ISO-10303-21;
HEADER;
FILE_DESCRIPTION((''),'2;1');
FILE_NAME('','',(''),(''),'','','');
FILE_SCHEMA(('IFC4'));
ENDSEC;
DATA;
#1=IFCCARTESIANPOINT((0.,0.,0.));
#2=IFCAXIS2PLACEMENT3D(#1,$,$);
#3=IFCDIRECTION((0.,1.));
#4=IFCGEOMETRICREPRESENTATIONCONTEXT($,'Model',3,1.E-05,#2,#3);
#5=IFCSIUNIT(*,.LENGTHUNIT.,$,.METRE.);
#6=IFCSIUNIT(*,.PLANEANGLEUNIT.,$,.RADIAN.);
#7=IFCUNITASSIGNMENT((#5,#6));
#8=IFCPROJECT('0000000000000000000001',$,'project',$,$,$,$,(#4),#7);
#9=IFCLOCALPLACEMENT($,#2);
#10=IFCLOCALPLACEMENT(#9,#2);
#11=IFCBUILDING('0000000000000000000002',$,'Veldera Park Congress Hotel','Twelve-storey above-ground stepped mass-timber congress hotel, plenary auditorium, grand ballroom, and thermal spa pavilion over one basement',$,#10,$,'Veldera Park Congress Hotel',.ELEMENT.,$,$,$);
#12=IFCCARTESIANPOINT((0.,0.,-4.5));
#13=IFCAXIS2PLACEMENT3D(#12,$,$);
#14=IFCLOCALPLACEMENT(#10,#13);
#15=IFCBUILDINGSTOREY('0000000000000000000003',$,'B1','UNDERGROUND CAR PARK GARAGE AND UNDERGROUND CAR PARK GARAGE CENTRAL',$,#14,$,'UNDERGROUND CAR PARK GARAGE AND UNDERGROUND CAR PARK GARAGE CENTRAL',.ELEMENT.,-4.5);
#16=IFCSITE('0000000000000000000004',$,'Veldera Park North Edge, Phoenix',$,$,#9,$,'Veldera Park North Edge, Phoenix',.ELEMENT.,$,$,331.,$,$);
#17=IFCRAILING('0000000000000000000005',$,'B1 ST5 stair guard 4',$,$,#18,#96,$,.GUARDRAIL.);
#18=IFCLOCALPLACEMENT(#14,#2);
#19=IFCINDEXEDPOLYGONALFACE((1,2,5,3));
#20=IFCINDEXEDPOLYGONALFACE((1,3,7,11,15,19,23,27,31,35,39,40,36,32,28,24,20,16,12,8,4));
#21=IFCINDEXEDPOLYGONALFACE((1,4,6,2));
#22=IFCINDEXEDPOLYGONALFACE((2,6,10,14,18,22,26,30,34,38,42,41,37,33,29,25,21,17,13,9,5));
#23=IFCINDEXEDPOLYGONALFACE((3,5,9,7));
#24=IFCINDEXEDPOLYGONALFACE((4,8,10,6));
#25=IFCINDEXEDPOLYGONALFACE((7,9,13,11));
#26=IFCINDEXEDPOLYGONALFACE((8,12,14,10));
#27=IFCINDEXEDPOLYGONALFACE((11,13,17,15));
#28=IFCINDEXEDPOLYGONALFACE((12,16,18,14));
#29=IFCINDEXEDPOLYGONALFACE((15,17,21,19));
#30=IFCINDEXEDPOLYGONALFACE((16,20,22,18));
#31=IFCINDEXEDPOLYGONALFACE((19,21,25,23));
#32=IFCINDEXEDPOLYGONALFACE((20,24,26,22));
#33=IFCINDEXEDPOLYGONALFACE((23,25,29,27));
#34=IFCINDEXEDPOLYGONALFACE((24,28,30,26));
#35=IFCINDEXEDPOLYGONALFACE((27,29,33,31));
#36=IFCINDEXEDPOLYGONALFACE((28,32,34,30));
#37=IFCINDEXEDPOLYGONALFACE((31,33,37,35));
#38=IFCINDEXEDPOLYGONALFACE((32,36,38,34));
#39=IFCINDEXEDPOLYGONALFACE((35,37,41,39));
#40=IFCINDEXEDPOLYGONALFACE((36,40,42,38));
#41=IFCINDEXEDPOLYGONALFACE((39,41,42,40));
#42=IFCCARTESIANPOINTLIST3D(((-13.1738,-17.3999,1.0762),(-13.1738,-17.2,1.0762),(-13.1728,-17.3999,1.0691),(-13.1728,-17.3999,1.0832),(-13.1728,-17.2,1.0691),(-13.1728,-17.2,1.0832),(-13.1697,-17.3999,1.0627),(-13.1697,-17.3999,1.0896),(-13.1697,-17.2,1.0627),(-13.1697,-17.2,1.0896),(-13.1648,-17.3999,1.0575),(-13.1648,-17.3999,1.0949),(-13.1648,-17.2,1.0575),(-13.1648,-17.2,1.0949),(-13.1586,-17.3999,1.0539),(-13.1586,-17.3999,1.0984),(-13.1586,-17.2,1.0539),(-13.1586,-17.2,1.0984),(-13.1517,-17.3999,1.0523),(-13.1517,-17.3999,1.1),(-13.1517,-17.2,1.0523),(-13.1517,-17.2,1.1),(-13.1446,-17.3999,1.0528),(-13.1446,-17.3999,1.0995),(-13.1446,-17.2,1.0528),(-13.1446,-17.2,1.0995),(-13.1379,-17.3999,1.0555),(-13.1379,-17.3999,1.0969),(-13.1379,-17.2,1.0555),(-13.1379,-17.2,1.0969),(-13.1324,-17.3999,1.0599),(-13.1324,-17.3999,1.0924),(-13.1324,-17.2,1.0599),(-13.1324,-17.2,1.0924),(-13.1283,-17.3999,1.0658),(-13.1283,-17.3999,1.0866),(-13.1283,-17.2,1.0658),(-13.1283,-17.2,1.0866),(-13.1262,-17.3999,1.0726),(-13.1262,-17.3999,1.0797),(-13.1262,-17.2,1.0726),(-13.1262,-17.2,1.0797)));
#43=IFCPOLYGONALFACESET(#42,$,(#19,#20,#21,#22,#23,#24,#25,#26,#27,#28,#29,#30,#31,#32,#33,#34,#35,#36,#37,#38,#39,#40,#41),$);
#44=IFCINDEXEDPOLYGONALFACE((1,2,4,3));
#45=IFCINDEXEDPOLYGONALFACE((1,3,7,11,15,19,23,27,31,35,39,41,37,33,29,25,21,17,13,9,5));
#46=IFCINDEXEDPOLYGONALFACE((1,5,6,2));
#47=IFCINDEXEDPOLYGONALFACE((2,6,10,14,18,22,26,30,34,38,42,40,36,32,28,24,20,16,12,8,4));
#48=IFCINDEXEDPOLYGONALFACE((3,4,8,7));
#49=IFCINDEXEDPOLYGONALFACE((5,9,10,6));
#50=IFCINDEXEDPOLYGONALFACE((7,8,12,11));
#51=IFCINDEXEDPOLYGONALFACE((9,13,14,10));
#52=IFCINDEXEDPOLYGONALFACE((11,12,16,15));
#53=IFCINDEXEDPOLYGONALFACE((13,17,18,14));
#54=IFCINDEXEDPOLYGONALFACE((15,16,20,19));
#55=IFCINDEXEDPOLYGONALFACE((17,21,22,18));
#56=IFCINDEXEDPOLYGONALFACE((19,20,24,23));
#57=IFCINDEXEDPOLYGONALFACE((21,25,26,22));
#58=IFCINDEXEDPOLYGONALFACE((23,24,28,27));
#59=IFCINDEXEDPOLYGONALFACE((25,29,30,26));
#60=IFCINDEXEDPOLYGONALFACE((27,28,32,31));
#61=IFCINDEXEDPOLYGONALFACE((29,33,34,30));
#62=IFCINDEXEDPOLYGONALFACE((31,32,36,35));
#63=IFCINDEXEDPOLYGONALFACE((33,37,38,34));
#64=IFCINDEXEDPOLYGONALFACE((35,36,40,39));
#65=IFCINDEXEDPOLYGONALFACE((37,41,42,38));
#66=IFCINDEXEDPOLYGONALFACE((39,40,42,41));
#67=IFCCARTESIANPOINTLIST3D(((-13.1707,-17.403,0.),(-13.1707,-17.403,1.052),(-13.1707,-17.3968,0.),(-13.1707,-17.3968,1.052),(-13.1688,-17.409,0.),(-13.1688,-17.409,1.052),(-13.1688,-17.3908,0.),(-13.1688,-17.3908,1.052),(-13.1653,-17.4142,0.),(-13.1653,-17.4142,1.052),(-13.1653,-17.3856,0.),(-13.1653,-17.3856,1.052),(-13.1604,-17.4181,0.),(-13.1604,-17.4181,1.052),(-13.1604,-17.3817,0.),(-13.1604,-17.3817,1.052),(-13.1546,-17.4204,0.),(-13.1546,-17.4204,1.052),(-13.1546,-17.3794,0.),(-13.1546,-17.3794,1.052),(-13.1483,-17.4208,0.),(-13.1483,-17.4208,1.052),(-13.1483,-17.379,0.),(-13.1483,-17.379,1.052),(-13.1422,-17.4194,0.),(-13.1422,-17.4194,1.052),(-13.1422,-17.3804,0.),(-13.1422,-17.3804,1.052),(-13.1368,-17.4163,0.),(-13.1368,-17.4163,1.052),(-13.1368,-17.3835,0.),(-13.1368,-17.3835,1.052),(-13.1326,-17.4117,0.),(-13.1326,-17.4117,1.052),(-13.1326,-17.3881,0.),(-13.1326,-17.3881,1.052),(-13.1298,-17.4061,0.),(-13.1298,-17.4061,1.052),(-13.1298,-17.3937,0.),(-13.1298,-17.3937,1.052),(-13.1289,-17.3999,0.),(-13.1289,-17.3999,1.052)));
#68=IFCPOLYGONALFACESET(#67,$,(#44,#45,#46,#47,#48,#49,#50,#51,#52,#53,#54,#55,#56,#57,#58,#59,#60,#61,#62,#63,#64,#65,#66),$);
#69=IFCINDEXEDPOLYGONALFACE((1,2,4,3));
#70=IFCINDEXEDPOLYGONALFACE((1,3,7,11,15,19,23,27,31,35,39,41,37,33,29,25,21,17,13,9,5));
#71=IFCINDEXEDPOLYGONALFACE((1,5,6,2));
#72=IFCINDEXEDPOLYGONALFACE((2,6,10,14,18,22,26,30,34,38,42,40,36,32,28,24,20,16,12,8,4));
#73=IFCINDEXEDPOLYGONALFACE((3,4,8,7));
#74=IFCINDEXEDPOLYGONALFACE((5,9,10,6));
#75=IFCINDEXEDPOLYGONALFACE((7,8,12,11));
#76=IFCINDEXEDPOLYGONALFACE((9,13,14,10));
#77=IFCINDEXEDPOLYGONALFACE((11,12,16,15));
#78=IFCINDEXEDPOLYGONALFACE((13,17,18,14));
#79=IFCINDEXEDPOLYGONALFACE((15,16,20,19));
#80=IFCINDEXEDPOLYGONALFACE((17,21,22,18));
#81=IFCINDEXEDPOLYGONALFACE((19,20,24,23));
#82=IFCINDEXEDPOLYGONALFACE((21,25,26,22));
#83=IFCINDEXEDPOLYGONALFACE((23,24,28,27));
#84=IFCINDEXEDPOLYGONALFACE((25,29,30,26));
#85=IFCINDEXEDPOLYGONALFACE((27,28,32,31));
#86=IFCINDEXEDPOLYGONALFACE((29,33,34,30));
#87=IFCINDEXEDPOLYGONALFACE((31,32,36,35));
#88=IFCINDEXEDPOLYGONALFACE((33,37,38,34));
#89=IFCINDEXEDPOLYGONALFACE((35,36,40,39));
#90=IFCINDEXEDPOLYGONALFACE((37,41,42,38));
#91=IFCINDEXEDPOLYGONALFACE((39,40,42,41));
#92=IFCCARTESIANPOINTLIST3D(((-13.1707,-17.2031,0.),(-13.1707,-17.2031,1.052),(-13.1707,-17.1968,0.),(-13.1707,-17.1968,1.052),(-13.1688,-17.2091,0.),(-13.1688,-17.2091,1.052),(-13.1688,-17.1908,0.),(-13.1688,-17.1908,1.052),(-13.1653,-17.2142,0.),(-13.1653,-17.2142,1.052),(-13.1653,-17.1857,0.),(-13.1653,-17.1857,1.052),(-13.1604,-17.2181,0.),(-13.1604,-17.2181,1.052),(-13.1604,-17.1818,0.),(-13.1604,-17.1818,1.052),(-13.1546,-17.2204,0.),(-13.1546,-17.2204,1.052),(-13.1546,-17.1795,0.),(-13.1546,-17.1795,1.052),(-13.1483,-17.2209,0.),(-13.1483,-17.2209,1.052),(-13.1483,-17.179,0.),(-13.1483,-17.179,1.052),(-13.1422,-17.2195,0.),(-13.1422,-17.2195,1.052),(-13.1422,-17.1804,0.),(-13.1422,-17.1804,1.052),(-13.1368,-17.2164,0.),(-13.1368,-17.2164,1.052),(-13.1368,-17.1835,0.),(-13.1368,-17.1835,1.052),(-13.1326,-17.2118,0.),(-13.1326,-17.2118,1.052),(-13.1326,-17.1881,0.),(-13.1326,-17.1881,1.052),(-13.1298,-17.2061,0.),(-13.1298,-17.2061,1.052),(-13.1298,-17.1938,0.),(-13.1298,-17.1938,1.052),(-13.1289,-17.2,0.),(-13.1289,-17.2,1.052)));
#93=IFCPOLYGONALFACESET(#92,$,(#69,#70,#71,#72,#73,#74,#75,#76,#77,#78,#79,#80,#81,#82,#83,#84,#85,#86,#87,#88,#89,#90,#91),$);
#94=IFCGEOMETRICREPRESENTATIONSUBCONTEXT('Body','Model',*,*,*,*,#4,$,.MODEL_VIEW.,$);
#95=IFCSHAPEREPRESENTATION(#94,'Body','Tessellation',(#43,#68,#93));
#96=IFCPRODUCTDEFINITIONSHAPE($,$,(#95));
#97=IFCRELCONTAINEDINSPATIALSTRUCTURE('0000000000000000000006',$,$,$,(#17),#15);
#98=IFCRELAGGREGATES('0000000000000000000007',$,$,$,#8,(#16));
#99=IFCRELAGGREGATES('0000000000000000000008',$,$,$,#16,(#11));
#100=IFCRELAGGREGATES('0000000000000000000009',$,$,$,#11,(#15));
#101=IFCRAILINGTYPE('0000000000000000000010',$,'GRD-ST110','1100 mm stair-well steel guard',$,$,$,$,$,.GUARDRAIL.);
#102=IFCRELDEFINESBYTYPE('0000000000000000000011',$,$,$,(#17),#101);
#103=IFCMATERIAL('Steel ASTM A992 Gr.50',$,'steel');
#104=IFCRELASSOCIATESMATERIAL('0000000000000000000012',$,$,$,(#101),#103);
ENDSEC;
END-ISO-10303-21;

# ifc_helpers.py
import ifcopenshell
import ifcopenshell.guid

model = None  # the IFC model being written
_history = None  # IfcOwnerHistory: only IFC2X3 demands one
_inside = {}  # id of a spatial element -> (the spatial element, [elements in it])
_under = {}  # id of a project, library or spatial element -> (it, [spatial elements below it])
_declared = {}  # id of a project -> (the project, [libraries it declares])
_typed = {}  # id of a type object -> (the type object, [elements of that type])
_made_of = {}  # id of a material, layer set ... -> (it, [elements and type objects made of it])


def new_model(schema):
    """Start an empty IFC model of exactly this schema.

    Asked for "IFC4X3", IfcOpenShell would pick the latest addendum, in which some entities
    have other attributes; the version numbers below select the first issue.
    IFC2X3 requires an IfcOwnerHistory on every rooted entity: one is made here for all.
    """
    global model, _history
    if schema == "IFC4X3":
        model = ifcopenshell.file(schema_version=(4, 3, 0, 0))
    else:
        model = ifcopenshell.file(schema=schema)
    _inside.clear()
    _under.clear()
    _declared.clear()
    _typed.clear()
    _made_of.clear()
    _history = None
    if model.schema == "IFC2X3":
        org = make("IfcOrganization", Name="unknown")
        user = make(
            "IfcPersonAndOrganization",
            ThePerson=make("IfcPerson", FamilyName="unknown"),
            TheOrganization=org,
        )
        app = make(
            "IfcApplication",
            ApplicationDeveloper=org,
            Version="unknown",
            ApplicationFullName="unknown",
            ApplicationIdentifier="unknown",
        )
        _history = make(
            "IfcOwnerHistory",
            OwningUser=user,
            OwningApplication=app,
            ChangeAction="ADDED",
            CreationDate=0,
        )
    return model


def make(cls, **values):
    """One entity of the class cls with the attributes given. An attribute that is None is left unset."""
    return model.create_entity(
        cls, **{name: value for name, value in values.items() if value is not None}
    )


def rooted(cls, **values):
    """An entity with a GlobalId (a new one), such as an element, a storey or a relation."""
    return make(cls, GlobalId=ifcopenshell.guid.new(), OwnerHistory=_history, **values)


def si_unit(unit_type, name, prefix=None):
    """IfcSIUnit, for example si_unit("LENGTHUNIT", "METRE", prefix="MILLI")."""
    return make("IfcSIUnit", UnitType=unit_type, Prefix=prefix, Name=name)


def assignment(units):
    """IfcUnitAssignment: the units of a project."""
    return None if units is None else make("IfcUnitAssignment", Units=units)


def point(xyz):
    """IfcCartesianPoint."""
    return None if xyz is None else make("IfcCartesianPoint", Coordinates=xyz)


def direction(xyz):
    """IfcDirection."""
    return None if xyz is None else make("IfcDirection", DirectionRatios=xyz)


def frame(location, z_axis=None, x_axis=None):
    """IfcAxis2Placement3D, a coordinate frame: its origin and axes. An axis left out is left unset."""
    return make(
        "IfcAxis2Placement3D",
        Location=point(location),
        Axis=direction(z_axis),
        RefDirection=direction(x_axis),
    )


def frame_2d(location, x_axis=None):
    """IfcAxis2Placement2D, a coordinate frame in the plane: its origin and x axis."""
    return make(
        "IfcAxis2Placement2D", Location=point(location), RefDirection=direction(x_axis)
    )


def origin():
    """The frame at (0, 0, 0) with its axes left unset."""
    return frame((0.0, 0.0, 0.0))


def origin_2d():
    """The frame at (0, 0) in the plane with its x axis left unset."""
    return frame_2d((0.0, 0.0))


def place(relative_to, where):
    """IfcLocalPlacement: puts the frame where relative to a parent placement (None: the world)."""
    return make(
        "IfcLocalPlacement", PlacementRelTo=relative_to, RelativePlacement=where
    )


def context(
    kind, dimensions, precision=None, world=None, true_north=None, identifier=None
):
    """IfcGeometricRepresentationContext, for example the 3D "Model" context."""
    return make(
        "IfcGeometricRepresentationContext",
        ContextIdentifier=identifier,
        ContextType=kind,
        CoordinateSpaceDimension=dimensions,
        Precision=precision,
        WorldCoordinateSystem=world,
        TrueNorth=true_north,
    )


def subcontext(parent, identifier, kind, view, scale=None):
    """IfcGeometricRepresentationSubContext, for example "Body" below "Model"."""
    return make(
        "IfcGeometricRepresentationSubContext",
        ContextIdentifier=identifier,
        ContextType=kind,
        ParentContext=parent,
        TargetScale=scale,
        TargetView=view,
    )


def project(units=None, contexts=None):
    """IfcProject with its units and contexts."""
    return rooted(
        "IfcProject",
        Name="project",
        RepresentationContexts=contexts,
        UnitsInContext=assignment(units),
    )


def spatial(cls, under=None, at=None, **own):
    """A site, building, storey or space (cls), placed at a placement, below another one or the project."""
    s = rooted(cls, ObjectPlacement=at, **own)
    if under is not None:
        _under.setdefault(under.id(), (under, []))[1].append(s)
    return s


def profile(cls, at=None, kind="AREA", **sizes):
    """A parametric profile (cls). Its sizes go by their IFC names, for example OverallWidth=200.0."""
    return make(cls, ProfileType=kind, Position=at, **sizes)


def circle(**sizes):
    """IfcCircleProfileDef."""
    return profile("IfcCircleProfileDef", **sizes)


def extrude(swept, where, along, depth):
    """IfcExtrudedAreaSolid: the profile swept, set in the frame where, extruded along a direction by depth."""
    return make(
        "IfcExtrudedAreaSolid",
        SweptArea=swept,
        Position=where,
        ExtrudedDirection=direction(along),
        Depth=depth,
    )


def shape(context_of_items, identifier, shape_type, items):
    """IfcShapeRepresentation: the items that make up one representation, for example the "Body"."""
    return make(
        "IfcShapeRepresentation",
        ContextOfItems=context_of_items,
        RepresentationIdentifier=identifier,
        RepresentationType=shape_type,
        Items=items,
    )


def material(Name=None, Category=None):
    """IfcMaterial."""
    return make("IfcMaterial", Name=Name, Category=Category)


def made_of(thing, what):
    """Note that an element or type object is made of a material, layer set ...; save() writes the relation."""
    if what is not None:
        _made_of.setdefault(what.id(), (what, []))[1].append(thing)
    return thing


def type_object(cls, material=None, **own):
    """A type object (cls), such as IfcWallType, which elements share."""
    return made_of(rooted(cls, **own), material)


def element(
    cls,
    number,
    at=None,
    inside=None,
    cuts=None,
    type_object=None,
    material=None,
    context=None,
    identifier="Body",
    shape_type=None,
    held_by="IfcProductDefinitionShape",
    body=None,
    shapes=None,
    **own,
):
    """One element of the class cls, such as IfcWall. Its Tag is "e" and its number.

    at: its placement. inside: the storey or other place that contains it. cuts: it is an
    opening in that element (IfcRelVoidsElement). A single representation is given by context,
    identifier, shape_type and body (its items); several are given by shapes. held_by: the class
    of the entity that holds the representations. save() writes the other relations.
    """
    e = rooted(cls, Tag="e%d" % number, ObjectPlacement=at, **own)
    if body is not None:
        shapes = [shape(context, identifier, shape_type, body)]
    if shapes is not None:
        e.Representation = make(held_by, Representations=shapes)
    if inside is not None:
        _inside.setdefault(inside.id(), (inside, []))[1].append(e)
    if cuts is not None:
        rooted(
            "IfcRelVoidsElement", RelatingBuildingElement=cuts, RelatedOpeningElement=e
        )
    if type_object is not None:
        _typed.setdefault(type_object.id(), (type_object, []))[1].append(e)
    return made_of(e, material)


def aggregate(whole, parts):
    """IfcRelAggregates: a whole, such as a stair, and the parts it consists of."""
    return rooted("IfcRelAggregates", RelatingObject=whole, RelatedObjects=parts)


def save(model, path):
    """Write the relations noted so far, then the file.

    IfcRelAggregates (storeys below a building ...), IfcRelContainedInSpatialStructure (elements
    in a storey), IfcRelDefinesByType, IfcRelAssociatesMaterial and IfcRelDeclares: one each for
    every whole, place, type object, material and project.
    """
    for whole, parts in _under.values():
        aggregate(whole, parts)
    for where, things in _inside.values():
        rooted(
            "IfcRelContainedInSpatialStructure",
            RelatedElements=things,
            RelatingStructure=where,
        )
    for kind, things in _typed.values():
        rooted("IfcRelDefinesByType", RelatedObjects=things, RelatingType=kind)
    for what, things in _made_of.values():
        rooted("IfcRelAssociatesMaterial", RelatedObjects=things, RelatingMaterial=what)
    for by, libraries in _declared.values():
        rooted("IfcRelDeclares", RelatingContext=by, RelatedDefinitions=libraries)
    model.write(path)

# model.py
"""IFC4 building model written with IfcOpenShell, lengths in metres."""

from ifc_helpers import new_model, si_unit, direction, frame, origin, origin_2d, place, context, subcontext, project, spatial, circle, extrude, material, type_object, element, save


model = new_model("IFC4")

# Units and contexts
model_context = context("Model", 3, precision=1e-05, world=origin(), true_north=direction((0.0, 1.0)))
body_context = subcontext(model_context, "Body", "Model", "MODEL_VIEW")
ifc_project = project(units=[si_unit("LENGTHUNIT", "METRE"), si_unit("PLANEANGLEUNIT", "RADIAN")], contexts=[model_context])

# Site, building, storey
site_placement = place(None, origin())
site = spatial("IfcSite", under=ifc_project, at=site_placement, Name="Veldera Park North Edge, Phoenix", LongName="Veldera Park North Edge, Phoenix", CompositionType="ELEMENT", RefElevation=331.0)
building_placement = place(site_placement, origin())
building = spatial("IfcBuilding", under=site, at=building_placement, Name="Veldera Park Congress Hotel", Description="Twelve-storey above-ground stepped mass-timber congress hotel, plenary auditorium, grand ballroom, and thermal spa pavilion over one basement", LongName="Veldera Park Congress Hotel", CompositionType="ELEMENT")
storey_placement = place(building_placement, frame((0.0, 0.0, -4.5)))
storey = spatial("IfcBuildingStorey", under=building, at=storey_placement, Name="B1", Description="UNDERGROUND CAR PARK GARAGE AND UNDERGROUND CAR PARK GARAGE CENTRAL", LongName="UNDERGROUND CAR PARK GARAGE AND UNDERGROUND CAR PARK GARAGE CENTRAL", CompositionType="ELEMENT", Elevation=-4.5)

# Railing
ifc_material_1 = material(Name="Steel ASTM A992 Gr.50", Category="steel")
railing_type = type_object("IfcRailingType", Name="GRD-ST110", Description="1100 mm stair-well steel guard", PredefinedType="GUARDRAIL", material=ifc_material_1)
railing_1_placement = place(storey_placement, frame((-13.1499, -17.3999, 0.0)))
element("IfcRailing", 1, at=railing_1_placement, inside=storey, type_object=railing_type, Name="B1 ST5 stair guard 4", PredefinedType="GUARDRAIL", context=body_context, shape_type="SweptSolid", body=[
    extrude(circle(Radius=0.0239, at=origin_2d()), frame((0.0, 0.0, 1.0762), z_axis=(0.0, 1.0, 0.0), x_axis=(-1.0, 0.0, 0.0)), (0.0, 0.0, 1.0), 0.2),
    extrude(circle(Radius=0.021, at=origin_2d()), origin(), (0.0, 0.0, 1.0), 1.052),
    extrude(circle(Radius=0.021, at=origin_2d()), frame((0.0, 0.2, 0.0)), (0.0, 0.0, 1.0), 1.052),
])

save(model, "model.ifc")
